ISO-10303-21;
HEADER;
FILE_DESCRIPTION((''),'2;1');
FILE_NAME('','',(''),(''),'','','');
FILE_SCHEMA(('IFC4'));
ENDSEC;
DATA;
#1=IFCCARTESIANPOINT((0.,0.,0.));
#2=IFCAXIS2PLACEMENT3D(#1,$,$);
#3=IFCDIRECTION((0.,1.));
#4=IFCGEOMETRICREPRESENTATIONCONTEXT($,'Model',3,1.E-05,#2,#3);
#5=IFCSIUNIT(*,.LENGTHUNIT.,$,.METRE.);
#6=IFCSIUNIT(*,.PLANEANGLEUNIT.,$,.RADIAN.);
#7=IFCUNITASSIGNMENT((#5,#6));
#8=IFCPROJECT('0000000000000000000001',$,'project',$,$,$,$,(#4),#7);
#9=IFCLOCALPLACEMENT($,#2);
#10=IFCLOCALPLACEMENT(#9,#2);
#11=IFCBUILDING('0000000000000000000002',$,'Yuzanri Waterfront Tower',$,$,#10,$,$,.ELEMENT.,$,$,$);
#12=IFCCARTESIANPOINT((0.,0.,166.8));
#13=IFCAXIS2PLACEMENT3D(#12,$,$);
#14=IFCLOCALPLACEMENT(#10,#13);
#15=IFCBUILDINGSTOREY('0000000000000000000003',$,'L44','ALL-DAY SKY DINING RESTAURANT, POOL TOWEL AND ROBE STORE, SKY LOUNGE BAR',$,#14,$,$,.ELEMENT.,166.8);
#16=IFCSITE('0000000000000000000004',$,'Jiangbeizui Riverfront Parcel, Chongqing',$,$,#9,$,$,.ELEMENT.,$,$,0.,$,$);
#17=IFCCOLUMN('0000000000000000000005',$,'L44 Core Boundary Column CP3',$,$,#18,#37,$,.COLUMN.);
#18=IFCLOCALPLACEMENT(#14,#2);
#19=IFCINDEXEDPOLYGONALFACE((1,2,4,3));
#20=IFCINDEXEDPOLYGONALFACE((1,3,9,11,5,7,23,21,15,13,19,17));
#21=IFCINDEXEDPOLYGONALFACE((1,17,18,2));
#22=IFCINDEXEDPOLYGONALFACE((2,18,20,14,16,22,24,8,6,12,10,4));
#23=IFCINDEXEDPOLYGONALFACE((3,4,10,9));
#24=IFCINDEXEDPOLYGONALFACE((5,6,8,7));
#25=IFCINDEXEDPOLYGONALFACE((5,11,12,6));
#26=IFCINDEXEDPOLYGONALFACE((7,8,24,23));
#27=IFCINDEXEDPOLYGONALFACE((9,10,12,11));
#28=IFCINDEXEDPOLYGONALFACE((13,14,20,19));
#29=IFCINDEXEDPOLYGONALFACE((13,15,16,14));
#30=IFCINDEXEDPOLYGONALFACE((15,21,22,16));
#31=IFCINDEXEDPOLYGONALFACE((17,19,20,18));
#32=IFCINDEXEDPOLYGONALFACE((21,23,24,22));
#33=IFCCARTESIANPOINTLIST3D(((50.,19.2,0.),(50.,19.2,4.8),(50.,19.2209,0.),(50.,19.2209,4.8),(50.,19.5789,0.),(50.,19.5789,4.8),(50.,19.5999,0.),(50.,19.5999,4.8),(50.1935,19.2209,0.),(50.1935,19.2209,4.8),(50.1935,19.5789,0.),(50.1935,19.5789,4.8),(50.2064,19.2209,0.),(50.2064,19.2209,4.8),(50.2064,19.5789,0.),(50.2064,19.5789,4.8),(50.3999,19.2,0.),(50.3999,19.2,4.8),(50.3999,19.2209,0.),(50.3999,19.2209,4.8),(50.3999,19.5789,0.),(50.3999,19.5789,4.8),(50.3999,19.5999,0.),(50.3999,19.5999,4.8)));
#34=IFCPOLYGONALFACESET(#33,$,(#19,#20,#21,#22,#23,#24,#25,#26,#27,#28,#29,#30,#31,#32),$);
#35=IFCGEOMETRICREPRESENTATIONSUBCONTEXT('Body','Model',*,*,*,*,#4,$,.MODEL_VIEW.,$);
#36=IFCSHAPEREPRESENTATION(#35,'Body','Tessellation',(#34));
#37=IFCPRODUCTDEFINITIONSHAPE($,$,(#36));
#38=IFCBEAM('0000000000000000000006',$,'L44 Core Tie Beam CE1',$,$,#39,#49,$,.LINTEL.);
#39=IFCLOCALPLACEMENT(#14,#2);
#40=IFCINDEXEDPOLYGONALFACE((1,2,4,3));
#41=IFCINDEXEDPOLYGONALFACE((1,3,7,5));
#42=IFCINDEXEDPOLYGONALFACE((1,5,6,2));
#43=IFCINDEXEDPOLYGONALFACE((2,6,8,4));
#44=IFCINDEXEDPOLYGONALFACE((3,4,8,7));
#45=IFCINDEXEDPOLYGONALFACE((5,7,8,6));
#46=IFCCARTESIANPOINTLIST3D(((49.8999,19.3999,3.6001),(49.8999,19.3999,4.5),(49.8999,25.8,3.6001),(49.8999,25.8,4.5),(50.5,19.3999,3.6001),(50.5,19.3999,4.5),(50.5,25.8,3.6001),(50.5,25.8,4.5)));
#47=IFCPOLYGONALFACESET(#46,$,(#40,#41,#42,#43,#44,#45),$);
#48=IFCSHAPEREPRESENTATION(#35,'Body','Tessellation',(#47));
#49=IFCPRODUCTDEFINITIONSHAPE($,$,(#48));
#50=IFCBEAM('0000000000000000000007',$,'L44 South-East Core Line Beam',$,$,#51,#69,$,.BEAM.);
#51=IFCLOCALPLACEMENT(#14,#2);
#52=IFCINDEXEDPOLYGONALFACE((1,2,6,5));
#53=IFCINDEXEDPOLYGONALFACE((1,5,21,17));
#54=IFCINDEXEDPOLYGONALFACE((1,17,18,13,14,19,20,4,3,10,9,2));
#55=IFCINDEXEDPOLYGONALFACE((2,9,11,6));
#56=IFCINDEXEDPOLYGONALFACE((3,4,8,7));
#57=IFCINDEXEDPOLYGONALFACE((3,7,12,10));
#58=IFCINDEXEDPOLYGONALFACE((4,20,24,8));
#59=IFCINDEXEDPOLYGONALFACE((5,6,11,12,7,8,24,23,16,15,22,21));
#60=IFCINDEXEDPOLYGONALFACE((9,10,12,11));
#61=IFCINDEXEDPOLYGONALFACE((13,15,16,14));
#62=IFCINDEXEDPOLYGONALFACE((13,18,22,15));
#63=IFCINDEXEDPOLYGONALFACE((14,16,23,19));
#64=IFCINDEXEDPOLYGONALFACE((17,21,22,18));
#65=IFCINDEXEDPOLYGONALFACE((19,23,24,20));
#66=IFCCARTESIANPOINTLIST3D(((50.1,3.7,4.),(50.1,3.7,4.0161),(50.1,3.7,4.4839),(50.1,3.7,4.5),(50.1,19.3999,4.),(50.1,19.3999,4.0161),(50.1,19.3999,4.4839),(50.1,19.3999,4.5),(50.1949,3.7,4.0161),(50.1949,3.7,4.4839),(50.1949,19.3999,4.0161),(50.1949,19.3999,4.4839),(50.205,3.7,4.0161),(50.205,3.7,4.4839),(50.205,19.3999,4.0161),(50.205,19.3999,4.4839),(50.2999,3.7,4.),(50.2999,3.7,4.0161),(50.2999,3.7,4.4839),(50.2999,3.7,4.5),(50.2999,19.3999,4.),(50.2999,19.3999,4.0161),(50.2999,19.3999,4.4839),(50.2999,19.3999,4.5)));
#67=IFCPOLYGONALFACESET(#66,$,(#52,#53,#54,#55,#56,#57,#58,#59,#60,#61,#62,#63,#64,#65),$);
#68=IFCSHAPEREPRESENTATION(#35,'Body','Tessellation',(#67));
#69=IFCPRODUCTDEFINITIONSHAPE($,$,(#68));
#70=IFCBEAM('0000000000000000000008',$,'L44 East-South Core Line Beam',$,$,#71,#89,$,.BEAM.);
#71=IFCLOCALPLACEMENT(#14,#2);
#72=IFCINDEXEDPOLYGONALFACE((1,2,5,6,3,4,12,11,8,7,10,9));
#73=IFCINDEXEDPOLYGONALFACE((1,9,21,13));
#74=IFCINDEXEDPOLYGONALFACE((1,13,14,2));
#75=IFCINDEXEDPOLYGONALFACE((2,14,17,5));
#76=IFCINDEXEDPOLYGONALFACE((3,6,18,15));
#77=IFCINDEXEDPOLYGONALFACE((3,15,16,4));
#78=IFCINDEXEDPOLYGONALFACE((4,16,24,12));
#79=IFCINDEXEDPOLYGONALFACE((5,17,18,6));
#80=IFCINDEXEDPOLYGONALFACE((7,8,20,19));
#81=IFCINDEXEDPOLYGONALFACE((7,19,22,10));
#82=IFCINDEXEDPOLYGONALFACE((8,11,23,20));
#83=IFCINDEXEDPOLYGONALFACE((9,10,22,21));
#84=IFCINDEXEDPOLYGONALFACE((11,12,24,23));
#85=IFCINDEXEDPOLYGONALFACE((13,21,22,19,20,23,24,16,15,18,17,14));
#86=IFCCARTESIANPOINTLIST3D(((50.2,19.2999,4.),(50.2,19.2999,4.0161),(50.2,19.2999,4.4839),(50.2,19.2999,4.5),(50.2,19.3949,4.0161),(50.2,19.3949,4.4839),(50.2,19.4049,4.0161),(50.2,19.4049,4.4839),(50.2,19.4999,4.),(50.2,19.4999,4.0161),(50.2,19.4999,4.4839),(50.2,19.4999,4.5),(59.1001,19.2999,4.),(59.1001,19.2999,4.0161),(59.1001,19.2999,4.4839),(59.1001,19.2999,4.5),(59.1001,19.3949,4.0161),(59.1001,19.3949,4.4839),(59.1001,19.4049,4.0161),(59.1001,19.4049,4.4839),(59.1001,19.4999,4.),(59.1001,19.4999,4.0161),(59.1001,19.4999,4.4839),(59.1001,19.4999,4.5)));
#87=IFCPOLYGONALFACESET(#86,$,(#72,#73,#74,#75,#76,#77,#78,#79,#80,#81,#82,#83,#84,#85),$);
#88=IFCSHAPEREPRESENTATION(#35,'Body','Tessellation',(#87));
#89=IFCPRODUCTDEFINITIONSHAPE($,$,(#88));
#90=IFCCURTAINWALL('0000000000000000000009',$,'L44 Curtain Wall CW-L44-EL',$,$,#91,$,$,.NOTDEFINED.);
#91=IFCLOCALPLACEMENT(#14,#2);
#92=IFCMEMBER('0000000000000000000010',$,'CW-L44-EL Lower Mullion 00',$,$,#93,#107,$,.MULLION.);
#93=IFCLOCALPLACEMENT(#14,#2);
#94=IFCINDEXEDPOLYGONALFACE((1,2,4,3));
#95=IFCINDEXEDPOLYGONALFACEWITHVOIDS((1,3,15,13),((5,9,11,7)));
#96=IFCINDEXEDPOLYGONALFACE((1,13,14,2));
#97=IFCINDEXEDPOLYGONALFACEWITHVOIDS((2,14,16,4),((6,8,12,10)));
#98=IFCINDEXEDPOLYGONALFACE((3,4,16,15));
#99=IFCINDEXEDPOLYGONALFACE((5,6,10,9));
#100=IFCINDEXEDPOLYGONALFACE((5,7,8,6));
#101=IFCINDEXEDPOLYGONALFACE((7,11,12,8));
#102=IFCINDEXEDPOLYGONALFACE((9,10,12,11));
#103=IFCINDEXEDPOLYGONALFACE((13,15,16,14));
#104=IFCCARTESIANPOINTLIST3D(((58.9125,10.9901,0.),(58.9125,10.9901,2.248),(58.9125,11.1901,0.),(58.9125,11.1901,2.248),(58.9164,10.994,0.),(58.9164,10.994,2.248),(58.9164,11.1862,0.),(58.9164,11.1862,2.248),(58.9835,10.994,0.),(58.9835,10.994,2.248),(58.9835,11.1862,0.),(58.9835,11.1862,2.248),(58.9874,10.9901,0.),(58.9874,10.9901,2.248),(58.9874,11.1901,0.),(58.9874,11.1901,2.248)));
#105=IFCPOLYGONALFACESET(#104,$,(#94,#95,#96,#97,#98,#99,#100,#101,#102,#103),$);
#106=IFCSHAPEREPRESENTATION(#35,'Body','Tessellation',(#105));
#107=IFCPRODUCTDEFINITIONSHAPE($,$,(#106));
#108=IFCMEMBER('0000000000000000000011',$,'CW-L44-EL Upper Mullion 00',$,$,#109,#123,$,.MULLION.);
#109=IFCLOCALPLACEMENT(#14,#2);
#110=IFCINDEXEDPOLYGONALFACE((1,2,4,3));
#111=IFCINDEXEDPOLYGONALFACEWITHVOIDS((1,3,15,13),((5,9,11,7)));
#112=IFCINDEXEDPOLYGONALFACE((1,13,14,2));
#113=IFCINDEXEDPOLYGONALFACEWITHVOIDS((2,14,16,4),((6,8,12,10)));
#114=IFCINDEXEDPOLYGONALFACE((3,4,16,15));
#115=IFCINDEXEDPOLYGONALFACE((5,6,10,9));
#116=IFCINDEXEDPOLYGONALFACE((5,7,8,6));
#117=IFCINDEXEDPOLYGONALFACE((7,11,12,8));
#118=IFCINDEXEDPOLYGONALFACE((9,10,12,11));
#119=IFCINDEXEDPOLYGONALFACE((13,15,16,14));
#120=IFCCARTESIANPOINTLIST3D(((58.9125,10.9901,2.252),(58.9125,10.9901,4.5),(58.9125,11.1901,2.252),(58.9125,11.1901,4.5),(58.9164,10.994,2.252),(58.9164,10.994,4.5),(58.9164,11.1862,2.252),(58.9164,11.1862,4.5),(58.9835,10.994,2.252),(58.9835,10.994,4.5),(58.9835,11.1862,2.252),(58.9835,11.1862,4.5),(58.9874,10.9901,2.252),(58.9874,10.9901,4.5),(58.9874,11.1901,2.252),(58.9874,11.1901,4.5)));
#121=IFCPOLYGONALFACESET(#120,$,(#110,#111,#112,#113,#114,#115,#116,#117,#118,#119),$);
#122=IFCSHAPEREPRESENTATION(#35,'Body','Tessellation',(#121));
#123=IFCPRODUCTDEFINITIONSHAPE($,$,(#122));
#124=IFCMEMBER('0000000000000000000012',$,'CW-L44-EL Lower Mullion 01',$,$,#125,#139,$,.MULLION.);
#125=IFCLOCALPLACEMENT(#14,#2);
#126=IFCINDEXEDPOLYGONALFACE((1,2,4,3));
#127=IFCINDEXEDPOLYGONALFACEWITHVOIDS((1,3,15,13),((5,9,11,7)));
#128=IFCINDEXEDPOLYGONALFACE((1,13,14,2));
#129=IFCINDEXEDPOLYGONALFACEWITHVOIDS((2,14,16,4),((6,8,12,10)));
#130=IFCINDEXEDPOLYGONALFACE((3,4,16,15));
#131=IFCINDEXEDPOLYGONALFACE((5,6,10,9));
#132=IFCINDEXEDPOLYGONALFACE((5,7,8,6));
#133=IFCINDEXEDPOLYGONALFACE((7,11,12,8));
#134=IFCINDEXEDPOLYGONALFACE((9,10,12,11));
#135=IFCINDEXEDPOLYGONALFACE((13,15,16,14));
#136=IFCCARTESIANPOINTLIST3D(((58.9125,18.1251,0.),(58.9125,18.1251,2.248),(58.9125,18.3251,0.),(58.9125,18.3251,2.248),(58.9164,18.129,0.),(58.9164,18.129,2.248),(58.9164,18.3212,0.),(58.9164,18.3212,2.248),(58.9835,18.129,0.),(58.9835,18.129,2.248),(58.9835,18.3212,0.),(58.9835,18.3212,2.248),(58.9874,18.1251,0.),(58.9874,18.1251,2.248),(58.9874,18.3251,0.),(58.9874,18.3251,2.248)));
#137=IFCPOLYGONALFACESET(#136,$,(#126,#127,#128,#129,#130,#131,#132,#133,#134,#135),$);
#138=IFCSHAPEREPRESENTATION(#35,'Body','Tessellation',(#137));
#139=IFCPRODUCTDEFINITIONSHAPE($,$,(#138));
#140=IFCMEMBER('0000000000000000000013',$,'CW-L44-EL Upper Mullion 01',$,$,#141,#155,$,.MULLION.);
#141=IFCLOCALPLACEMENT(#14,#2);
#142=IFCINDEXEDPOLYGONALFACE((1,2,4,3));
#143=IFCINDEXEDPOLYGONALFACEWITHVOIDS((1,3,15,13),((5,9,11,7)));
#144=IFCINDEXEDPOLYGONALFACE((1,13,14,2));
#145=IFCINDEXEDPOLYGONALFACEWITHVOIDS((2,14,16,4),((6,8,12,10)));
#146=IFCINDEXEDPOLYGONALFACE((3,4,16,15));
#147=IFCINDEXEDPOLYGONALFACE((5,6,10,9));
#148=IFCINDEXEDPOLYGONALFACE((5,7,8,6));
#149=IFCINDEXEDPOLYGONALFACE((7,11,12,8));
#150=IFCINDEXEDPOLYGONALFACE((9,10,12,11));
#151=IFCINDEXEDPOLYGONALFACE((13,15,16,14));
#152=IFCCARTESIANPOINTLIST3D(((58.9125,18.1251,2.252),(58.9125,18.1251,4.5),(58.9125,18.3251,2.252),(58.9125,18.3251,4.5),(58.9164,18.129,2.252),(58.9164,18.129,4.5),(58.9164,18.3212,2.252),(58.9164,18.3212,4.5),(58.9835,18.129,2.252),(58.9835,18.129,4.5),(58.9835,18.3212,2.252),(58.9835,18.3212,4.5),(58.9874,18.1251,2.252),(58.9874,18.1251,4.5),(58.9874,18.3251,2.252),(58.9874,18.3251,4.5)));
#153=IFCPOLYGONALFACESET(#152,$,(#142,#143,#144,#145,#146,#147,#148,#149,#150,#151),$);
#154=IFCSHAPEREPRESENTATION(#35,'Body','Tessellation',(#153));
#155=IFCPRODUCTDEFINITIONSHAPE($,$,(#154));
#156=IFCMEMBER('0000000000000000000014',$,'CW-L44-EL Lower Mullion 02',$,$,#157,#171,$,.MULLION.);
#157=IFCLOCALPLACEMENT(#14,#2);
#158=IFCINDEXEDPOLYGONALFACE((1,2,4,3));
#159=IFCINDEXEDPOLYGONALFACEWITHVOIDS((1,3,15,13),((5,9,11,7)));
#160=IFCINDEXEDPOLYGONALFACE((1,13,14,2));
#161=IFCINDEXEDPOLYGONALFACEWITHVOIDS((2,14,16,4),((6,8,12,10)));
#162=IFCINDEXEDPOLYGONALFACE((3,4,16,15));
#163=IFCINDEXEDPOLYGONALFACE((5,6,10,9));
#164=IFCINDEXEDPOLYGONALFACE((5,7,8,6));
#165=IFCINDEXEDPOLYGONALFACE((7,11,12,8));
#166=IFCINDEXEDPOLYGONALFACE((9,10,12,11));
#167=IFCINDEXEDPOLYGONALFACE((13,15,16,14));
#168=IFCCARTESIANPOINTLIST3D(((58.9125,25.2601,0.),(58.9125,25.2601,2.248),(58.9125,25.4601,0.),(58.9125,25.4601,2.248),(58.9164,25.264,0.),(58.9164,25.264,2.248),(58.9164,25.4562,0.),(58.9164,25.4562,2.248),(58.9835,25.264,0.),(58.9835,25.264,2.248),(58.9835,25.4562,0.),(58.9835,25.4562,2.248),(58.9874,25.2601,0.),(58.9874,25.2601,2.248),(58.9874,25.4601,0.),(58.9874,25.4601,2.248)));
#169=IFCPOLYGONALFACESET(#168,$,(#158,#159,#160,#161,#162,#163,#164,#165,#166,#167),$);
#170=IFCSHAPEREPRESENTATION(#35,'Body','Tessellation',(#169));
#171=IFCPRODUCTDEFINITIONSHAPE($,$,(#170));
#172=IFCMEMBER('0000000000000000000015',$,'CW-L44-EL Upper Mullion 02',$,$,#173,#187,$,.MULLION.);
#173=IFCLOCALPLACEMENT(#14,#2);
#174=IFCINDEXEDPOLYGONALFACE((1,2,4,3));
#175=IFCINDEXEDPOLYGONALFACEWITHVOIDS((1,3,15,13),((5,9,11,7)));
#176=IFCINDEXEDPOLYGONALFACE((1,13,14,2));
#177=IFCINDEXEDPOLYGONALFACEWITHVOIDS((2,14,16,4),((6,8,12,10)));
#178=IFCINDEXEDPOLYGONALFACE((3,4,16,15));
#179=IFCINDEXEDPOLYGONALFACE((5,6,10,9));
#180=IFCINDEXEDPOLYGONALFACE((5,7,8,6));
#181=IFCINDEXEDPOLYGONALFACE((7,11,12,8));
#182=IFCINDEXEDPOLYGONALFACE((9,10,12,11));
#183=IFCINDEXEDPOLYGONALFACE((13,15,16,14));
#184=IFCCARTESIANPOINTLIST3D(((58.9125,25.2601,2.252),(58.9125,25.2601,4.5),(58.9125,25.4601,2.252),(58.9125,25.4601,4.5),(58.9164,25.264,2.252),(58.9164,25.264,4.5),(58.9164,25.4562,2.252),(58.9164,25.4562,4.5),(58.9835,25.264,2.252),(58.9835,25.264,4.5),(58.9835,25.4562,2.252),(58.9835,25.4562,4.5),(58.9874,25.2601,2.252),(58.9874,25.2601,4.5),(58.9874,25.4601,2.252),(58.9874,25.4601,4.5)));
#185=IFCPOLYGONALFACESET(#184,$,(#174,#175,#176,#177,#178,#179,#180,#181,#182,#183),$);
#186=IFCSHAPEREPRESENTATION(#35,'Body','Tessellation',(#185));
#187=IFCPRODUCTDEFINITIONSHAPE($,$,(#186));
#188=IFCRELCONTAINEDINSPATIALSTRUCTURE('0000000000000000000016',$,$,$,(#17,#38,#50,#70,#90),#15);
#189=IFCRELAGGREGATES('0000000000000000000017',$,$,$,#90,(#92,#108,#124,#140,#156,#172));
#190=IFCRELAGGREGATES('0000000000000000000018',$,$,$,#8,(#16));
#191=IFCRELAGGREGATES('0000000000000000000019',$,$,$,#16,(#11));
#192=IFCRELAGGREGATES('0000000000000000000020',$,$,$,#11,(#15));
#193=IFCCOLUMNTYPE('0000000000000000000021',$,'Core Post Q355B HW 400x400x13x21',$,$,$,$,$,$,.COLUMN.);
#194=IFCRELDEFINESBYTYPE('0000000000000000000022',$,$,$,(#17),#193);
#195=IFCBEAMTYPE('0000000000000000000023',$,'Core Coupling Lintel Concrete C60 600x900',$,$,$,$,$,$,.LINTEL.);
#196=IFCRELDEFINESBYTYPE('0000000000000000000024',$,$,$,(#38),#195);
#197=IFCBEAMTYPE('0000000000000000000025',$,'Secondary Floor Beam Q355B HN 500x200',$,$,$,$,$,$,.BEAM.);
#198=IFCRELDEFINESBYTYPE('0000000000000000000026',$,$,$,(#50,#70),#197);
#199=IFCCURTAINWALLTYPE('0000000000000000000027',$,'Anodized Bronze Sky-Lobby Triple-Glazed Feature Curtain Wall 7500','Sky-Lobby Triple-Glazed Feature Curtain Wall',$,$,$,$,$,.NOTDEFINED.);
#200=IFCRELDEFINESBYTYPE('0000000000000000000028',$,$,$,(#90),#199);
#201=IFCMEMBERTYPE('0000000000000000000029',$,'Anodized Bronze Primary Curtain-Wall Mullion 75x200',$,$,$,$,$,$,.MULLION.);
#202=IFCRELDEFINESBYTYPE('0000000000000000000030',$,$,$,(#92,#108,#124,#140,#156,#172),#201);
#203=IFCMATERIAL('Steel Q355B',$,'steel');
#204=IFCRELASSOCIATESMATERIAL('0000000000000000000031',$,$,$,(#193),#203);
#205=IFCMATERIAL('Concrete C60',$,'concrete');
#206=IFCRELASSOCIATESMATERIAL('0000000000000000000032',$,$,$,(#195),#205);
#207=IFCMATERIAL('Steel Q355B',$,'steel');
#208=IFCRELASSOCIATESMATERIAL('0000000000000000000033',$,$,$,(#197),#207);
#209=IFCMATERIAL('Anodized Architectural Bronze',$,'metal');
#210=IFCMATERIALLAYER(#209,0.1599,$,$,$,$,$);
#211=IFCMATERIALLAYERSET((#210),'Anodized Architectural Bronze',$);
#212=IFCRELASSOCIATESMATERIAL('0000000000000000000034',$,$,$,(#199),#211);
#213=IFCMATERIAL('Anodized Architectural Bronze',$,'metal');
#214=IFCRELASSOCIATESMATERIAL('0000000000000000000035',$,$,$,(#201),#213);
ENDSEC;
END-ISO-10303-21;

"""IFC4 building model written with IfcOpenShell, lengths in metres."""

from ifc_helpers import new_model, si_unit, direction, frame, origin, origin_2d, place, context, subcontext, project, spatial, rectangle, hollow_rectangle, i_section, extrude, source, transform, mapped, material, layer, layer_set, material_profile, profile_set, type_object, element, aggregate, save


model = new_model("IFC4")

# Units and contexts
model_context = context("Model", 3, precision=1e-05, world=origin(), true_north=direction((0.0, 1.0)))
body_context = subcontext(model_context, "Body", "Model", "MODEL_VIEW")
ifc_project = project(units=[si_unit("LENGTHUNIT", "METRE"), si_unit("PLANEANGLEUNIT", "RADIAN")], contexts=[model_context])

# Site, building, storey
site_placement = place(None, origin())
site = spatial("IfcSite", under=ifc_project, at=site_placement, Name="Jiangbeizui Riverfront Parcel, Chongqing", CompositionType="ELEMENT", RefElevation=0.0)
building_placement = place(site_placement, origin())
building = spatial("IfcBuilding", under=site, at=building_placement, Name="Yuzanri Waterfront Tower", CompositionType="ELEMENT")
storey_placement = place(building_placement, frame((0.0, 0.0, 166.8)))
storey = spatial("IfcBuildingStorey", under=building, at=storey_placement, Name="L44", Description="ALL-DAY SKY DINING RESTAURANT, POOL TOWEL AND ROBE STORE, SKY LOUNGE BAR", CompositionType="ELEMENT", Elevation=166.8)

# Column
ifc_material_1 = material(Name="Steel Q355B", Category="steel")
ifc_material_profile_1 = material_profile(ifc_material_1, i_section(OverallWidth=0.3999, OverallDepth=0.3999, WebThickness=0.0129, FlangeThickness=0.021, at=origin_2d()), Name="HW 400x400x13x21")
ifc_profile_set_1 = profile_set([ifc_material_profile_1], Name="Steel Q355B")
column_type = type_object("IfcColumnType", Name="Core Post Q355B HW 400x400x13x21", PredefinedType="COLUMN", material=ifc_profile_set_1)
shared_shape_1 = source(origin(), body_context, "Body", "SweptSolid", [
    extrude(i_section(OverallWidth=0.3999, OverallDepth=0.3999, WebThickness=0.0129, FlangeThickness=0.021, at=origin_2d()), origin(), (0.0, 0.0, 1.0), 4.8),
])
column_placement = place(storey_placement, frame((50.2, 19.3999, 0.0), z_axis=(0.0, 0.0, 1.0), x_axis=(1.0, 0.0, 0.0)))
element("IfcColumn", 1, at=column_placement, inside=storey, type_object=column_type, Name="L44 Core Boundary Column CP3", PredefinedType="COLUMN", context=body_context, shape_type="MappedRepresentation", body=[
    mapped(shared_shape_1, transform((0.0, 0.0, 0.0), scale=1.0)),
])

# Beams
ifc_material_2 = material(Name="Concrete C60", Category="concrete")
ifc_material_profile_2 = material_profile(ifc_material_2, rectangle(XDim=0.6001, YDim=0.8999, at=origin_2d()), Name="RC 600x900")
ifc_profile_set_2 = profile_set([ifc_material_profile_2], Name="Concrete C60")
beam_type_1 = type_object("IfcBeamType", Name="Core Coupling Lintel Concrete C60 600x900", PredefinedType="LINTEL", material=ifc_profile_set_2)
shared_shape_2 = source(origin(), body_context, "Body", "SweptSolid", [
    extrude(rectangle(XDim=0.6001, YDim=0.8999, at=origin_2d()), origin(), (0.0, 0.0, 1.0), 6.4001),
])
beam_1_placement = place(storey_placement, frame((50.2, 19.3999, 4.05), z_axis=(0.0, 1.0, 0.0), x_axis=(-1.0, 0.0, 0.0)))
element("IfcBeam", 2, at=beam_1_placement, inside=storey, type_object=beam_type_1, Name="L44 Core Tie Beam CE1", PredefinedType="LINTEL", context=body_context, shape_type="MappedRepresentation", body=[
    mapped(shared_shape_2, transform((0.0, 0.0, 0.0), scale=1.0)),
])
ifc_material_3 = material(Name="Steel Q355B", Category="steel")
ifc_material_profile_3 = material_profile(ifc_material_3, i_section(OverallWidth=0.2, OverallDepth=0.5, WebThickness=0.01, FlangeThickness=0.0161, at=origin_2d()), Name="HN 500x200x10x16")
ifc_profile_set_3 = profile_set([ifc_material_profile_3], Name="Steel Q355B")
beam_type_2 = type_object("IfcBeamType", Name="Secondary Floor Beam Q355B HN 500x200", PredefinedType="BEAM", material=ifc_profile_set_3)
shared_shape_3 = source(origin(), body_context, "Body", "SweptSolid", [
    extrude(i_section(OverallWidth=0.2, OverallDepth=0.5, WebThickness=0.01, FlangeThickness=0.0161, at=origin_2d()), origin(), (0.0, 0.0, 1.0), 15.7),
])
beam_2_placement = place(storey_placement, frame((50.2, 19.3999, 4.25), z_axis=(0.0, -1.0, 0.0), x_axis=(1.0, 0.0, 0.0)))
element("IfcBeam", 3, at=beam_2_placement, inside=storey, type_object=beam_type_2, Name="L44 South-East Core Line Beam", PredefinedType="BEAM", context=body_context, shape_type="MappedRepresentation", body=[
    mapped(shared_shape_3, transform((0.0, 0.0, 0.0), scale=1.0)),
])
shared_shape_4 = source(origin(), body_context, "Body", "SweptSolid", [
    extrude(i_section(OverallWidth=0.2, OverallDepth=0.5, WebThickness=0.01, FlangeThickness=0.0161, at=origin_2d()), origin(), (0.0, 0.0, 1.0), 8.9001),
])
beam_3_placement = place(storey_placement, frame((50.2, 19.3999, 4.25), z_axis=(1.0, 0.0, 0.0), x_axis=(0.0, 1.0, 0.0)))
element("IfcBeam", 4, at=beam_3_placement, inside=storey, type_object=beam_type_2, Name="L44 East-South Core Line Beam", PredefinedType="BEAM", context=body_context, shape_type="MappedRepresentation", body=[
    mapped(shared_shape_4, transform((0.0, 0.0, 0.0), scale=1.0)),
])

# Curtain wall, members
ifc_material_4 = material(Name="Anodized Architectural Bronze", Category="metal")
ifc_layer_1 = layer(ifc_material_4, 0.1599)
ifc_layer_set_1 = layer_set([ifc_layer_1], Name="Anodized Architectural Bronze")
curtain_wall_type = type_object("IfcCurtainWallType", Name="Anodized Bronze Sky-Lobby Triple-Glazed Feature Curtain Wall 7500", Description="Sky-Lobby Triple-Glazed Feature Curtain Wall", PredefinedType="NOTDEFINED", material=ifc_layer_set_1)
curtain_wall_placement = place(storey_placement, origin())
curtain_wall = element("IfcCurtainWall", 5, at=curtain_wall_placement, inside=storey, type_object=curtain_wall_type, Name="L44 Curtain Wall CW-L44-EL", PredefinedType="NOTDEFINED")
ifc_material_5 = material(Name="Anodized Architectural Bronze", Category="metal")
ifc_material_profile_4 = material_profile(ifc_material_5, hollow_rectangle(XDim=0.075, YDim=0.2, WallThickness=0.0039, at=origin_2d()), Name="CWM 75x200")
ifc_profile_set_4 = profile_set([ifc_material_profile_4], Name="Anodized Architectural Bronze")
member_type = type_object("IfcMemberType", Name="Anodized Bronze Primary Curtain-Wall Mullion 75x200", PredefinedType="MULLION", material=ifc_profile_set_4)
shared_shape_5 = source(origin(), body_context, "Body", "SweptSolid", [
    extrude(hollow_rectangle(XDim=0.075, YDim=0.2, WallThickness=0.0039, at=origin_2d()), origin(), (0.0, 0.0, 1.0), 2.248),
])
member_1_placement = place(storey_placement, frame((58.95, 11.0901, 0.0), z_axis=(0.0, 0.0, 1.0), x_axis=(1.0, 0.0, 0.0)))
member_1 = element("IfcMember", 6, at=member_1_placement, type_object=member_type, Name="CW-L44-EL Lower Mullion 00", PredefinedType="MULLION", context=body_context, shape_type="MappedRepresentation", body=[
    mapped(shared_shape_5, transform((0.0, 0.0, 0.0), scale=1.0)),
])
member_2_placement = place(storey_placement, frame((58.95, 11.0901, 2.252), z_axis=(0.0, 0.0, 1.0), x_axis=(1.0, 0.0, 0.0)))
member_2 = element("IfcMember", 7, at=member_2_placement, type_object=member_type, Name="CW-L44-EL Upper Mullion 00", PredefinedType="MULLION", context=body_context, shape_type="MappedRepresentation", body=[
    mapped(shared_shape_5, transform((0.0, 0.0, 0.0), scale=1.0)),
])
member_3_placement = place(storey_placement, frame((58.95, 18.2251, 0.0), z_axis=(0.0, 0.0, 1.0), x_axis=(1.0, 0.0, 0.0)))
member_3 = element("IfcMember", 8, at=member_3_placement, type_object=member_type, Name="CW-L44-EL Lower Mullion 01", PredefinedType="MULLION", context=body_context, shape_type="MappedRepresentation", body=[
    mapped(shared_shape_5, transform((0.0, 0.0, 0.0), scale=1.0)),
])
member_4_placement = place(storey_placement, frame((58.95, 18.2251, 2.252), z_axis=(0.0, 0.0, 1.0), x_axis=(1.0, 0.0, 0.0)))
member_4 = element("IfcMember", 9, at=member_4_placement, type_object=member_type, Name="CW-L44-EL Upper Mullion 01", PredefinedType="MULLION", context=body_context, shape_type="MappedRepresentation", body=[
    mapped(shared_shape_5, transform((0.0, 0.0, 0.0), scale=1.0)),
])
member_5_placement = place(storey_placement, frame((58.95, 25.3601, 0.0), z_axis=(0.0, 0.0, 1.0), x_axis=(1.0, 0.0, 0.0)))
member_5 = element("IfcMember", 10, at=member_5_placement, type_object=member_type, Name="CW-L44-EL Lower Mullion 02", PredefinedType="MULLION", context=body_context, shape_type="MappedRepresentation", body=[
    mapped(shared_shape_5, transform((0.0, 0.0, 0.0), scale=1.0)),
])
member_6_placement = place(storey_placement, frame((58.95, 25.3601, 2.252), z_axis=(0.0, 0.0, 1.0), x_axis=(1.0, 0.0, 0.0)))
member_6 = element("IfcMember", 11, at=member_6_placement, type_object=member_type, Name="CW-L44-EL Upper Mullion 02", PredefinedType="MULLION", context=body_context, shape_type="MappedRepresentation", body=[
    mapped(shared_shape_5, transform((0.0, 0.0, 0.0), scale=1.0)),
])
aggregate(curtain_wall, [member_1, member_2, member_3, member_4, member_5, member_6])

save(model, "model.ifc")
